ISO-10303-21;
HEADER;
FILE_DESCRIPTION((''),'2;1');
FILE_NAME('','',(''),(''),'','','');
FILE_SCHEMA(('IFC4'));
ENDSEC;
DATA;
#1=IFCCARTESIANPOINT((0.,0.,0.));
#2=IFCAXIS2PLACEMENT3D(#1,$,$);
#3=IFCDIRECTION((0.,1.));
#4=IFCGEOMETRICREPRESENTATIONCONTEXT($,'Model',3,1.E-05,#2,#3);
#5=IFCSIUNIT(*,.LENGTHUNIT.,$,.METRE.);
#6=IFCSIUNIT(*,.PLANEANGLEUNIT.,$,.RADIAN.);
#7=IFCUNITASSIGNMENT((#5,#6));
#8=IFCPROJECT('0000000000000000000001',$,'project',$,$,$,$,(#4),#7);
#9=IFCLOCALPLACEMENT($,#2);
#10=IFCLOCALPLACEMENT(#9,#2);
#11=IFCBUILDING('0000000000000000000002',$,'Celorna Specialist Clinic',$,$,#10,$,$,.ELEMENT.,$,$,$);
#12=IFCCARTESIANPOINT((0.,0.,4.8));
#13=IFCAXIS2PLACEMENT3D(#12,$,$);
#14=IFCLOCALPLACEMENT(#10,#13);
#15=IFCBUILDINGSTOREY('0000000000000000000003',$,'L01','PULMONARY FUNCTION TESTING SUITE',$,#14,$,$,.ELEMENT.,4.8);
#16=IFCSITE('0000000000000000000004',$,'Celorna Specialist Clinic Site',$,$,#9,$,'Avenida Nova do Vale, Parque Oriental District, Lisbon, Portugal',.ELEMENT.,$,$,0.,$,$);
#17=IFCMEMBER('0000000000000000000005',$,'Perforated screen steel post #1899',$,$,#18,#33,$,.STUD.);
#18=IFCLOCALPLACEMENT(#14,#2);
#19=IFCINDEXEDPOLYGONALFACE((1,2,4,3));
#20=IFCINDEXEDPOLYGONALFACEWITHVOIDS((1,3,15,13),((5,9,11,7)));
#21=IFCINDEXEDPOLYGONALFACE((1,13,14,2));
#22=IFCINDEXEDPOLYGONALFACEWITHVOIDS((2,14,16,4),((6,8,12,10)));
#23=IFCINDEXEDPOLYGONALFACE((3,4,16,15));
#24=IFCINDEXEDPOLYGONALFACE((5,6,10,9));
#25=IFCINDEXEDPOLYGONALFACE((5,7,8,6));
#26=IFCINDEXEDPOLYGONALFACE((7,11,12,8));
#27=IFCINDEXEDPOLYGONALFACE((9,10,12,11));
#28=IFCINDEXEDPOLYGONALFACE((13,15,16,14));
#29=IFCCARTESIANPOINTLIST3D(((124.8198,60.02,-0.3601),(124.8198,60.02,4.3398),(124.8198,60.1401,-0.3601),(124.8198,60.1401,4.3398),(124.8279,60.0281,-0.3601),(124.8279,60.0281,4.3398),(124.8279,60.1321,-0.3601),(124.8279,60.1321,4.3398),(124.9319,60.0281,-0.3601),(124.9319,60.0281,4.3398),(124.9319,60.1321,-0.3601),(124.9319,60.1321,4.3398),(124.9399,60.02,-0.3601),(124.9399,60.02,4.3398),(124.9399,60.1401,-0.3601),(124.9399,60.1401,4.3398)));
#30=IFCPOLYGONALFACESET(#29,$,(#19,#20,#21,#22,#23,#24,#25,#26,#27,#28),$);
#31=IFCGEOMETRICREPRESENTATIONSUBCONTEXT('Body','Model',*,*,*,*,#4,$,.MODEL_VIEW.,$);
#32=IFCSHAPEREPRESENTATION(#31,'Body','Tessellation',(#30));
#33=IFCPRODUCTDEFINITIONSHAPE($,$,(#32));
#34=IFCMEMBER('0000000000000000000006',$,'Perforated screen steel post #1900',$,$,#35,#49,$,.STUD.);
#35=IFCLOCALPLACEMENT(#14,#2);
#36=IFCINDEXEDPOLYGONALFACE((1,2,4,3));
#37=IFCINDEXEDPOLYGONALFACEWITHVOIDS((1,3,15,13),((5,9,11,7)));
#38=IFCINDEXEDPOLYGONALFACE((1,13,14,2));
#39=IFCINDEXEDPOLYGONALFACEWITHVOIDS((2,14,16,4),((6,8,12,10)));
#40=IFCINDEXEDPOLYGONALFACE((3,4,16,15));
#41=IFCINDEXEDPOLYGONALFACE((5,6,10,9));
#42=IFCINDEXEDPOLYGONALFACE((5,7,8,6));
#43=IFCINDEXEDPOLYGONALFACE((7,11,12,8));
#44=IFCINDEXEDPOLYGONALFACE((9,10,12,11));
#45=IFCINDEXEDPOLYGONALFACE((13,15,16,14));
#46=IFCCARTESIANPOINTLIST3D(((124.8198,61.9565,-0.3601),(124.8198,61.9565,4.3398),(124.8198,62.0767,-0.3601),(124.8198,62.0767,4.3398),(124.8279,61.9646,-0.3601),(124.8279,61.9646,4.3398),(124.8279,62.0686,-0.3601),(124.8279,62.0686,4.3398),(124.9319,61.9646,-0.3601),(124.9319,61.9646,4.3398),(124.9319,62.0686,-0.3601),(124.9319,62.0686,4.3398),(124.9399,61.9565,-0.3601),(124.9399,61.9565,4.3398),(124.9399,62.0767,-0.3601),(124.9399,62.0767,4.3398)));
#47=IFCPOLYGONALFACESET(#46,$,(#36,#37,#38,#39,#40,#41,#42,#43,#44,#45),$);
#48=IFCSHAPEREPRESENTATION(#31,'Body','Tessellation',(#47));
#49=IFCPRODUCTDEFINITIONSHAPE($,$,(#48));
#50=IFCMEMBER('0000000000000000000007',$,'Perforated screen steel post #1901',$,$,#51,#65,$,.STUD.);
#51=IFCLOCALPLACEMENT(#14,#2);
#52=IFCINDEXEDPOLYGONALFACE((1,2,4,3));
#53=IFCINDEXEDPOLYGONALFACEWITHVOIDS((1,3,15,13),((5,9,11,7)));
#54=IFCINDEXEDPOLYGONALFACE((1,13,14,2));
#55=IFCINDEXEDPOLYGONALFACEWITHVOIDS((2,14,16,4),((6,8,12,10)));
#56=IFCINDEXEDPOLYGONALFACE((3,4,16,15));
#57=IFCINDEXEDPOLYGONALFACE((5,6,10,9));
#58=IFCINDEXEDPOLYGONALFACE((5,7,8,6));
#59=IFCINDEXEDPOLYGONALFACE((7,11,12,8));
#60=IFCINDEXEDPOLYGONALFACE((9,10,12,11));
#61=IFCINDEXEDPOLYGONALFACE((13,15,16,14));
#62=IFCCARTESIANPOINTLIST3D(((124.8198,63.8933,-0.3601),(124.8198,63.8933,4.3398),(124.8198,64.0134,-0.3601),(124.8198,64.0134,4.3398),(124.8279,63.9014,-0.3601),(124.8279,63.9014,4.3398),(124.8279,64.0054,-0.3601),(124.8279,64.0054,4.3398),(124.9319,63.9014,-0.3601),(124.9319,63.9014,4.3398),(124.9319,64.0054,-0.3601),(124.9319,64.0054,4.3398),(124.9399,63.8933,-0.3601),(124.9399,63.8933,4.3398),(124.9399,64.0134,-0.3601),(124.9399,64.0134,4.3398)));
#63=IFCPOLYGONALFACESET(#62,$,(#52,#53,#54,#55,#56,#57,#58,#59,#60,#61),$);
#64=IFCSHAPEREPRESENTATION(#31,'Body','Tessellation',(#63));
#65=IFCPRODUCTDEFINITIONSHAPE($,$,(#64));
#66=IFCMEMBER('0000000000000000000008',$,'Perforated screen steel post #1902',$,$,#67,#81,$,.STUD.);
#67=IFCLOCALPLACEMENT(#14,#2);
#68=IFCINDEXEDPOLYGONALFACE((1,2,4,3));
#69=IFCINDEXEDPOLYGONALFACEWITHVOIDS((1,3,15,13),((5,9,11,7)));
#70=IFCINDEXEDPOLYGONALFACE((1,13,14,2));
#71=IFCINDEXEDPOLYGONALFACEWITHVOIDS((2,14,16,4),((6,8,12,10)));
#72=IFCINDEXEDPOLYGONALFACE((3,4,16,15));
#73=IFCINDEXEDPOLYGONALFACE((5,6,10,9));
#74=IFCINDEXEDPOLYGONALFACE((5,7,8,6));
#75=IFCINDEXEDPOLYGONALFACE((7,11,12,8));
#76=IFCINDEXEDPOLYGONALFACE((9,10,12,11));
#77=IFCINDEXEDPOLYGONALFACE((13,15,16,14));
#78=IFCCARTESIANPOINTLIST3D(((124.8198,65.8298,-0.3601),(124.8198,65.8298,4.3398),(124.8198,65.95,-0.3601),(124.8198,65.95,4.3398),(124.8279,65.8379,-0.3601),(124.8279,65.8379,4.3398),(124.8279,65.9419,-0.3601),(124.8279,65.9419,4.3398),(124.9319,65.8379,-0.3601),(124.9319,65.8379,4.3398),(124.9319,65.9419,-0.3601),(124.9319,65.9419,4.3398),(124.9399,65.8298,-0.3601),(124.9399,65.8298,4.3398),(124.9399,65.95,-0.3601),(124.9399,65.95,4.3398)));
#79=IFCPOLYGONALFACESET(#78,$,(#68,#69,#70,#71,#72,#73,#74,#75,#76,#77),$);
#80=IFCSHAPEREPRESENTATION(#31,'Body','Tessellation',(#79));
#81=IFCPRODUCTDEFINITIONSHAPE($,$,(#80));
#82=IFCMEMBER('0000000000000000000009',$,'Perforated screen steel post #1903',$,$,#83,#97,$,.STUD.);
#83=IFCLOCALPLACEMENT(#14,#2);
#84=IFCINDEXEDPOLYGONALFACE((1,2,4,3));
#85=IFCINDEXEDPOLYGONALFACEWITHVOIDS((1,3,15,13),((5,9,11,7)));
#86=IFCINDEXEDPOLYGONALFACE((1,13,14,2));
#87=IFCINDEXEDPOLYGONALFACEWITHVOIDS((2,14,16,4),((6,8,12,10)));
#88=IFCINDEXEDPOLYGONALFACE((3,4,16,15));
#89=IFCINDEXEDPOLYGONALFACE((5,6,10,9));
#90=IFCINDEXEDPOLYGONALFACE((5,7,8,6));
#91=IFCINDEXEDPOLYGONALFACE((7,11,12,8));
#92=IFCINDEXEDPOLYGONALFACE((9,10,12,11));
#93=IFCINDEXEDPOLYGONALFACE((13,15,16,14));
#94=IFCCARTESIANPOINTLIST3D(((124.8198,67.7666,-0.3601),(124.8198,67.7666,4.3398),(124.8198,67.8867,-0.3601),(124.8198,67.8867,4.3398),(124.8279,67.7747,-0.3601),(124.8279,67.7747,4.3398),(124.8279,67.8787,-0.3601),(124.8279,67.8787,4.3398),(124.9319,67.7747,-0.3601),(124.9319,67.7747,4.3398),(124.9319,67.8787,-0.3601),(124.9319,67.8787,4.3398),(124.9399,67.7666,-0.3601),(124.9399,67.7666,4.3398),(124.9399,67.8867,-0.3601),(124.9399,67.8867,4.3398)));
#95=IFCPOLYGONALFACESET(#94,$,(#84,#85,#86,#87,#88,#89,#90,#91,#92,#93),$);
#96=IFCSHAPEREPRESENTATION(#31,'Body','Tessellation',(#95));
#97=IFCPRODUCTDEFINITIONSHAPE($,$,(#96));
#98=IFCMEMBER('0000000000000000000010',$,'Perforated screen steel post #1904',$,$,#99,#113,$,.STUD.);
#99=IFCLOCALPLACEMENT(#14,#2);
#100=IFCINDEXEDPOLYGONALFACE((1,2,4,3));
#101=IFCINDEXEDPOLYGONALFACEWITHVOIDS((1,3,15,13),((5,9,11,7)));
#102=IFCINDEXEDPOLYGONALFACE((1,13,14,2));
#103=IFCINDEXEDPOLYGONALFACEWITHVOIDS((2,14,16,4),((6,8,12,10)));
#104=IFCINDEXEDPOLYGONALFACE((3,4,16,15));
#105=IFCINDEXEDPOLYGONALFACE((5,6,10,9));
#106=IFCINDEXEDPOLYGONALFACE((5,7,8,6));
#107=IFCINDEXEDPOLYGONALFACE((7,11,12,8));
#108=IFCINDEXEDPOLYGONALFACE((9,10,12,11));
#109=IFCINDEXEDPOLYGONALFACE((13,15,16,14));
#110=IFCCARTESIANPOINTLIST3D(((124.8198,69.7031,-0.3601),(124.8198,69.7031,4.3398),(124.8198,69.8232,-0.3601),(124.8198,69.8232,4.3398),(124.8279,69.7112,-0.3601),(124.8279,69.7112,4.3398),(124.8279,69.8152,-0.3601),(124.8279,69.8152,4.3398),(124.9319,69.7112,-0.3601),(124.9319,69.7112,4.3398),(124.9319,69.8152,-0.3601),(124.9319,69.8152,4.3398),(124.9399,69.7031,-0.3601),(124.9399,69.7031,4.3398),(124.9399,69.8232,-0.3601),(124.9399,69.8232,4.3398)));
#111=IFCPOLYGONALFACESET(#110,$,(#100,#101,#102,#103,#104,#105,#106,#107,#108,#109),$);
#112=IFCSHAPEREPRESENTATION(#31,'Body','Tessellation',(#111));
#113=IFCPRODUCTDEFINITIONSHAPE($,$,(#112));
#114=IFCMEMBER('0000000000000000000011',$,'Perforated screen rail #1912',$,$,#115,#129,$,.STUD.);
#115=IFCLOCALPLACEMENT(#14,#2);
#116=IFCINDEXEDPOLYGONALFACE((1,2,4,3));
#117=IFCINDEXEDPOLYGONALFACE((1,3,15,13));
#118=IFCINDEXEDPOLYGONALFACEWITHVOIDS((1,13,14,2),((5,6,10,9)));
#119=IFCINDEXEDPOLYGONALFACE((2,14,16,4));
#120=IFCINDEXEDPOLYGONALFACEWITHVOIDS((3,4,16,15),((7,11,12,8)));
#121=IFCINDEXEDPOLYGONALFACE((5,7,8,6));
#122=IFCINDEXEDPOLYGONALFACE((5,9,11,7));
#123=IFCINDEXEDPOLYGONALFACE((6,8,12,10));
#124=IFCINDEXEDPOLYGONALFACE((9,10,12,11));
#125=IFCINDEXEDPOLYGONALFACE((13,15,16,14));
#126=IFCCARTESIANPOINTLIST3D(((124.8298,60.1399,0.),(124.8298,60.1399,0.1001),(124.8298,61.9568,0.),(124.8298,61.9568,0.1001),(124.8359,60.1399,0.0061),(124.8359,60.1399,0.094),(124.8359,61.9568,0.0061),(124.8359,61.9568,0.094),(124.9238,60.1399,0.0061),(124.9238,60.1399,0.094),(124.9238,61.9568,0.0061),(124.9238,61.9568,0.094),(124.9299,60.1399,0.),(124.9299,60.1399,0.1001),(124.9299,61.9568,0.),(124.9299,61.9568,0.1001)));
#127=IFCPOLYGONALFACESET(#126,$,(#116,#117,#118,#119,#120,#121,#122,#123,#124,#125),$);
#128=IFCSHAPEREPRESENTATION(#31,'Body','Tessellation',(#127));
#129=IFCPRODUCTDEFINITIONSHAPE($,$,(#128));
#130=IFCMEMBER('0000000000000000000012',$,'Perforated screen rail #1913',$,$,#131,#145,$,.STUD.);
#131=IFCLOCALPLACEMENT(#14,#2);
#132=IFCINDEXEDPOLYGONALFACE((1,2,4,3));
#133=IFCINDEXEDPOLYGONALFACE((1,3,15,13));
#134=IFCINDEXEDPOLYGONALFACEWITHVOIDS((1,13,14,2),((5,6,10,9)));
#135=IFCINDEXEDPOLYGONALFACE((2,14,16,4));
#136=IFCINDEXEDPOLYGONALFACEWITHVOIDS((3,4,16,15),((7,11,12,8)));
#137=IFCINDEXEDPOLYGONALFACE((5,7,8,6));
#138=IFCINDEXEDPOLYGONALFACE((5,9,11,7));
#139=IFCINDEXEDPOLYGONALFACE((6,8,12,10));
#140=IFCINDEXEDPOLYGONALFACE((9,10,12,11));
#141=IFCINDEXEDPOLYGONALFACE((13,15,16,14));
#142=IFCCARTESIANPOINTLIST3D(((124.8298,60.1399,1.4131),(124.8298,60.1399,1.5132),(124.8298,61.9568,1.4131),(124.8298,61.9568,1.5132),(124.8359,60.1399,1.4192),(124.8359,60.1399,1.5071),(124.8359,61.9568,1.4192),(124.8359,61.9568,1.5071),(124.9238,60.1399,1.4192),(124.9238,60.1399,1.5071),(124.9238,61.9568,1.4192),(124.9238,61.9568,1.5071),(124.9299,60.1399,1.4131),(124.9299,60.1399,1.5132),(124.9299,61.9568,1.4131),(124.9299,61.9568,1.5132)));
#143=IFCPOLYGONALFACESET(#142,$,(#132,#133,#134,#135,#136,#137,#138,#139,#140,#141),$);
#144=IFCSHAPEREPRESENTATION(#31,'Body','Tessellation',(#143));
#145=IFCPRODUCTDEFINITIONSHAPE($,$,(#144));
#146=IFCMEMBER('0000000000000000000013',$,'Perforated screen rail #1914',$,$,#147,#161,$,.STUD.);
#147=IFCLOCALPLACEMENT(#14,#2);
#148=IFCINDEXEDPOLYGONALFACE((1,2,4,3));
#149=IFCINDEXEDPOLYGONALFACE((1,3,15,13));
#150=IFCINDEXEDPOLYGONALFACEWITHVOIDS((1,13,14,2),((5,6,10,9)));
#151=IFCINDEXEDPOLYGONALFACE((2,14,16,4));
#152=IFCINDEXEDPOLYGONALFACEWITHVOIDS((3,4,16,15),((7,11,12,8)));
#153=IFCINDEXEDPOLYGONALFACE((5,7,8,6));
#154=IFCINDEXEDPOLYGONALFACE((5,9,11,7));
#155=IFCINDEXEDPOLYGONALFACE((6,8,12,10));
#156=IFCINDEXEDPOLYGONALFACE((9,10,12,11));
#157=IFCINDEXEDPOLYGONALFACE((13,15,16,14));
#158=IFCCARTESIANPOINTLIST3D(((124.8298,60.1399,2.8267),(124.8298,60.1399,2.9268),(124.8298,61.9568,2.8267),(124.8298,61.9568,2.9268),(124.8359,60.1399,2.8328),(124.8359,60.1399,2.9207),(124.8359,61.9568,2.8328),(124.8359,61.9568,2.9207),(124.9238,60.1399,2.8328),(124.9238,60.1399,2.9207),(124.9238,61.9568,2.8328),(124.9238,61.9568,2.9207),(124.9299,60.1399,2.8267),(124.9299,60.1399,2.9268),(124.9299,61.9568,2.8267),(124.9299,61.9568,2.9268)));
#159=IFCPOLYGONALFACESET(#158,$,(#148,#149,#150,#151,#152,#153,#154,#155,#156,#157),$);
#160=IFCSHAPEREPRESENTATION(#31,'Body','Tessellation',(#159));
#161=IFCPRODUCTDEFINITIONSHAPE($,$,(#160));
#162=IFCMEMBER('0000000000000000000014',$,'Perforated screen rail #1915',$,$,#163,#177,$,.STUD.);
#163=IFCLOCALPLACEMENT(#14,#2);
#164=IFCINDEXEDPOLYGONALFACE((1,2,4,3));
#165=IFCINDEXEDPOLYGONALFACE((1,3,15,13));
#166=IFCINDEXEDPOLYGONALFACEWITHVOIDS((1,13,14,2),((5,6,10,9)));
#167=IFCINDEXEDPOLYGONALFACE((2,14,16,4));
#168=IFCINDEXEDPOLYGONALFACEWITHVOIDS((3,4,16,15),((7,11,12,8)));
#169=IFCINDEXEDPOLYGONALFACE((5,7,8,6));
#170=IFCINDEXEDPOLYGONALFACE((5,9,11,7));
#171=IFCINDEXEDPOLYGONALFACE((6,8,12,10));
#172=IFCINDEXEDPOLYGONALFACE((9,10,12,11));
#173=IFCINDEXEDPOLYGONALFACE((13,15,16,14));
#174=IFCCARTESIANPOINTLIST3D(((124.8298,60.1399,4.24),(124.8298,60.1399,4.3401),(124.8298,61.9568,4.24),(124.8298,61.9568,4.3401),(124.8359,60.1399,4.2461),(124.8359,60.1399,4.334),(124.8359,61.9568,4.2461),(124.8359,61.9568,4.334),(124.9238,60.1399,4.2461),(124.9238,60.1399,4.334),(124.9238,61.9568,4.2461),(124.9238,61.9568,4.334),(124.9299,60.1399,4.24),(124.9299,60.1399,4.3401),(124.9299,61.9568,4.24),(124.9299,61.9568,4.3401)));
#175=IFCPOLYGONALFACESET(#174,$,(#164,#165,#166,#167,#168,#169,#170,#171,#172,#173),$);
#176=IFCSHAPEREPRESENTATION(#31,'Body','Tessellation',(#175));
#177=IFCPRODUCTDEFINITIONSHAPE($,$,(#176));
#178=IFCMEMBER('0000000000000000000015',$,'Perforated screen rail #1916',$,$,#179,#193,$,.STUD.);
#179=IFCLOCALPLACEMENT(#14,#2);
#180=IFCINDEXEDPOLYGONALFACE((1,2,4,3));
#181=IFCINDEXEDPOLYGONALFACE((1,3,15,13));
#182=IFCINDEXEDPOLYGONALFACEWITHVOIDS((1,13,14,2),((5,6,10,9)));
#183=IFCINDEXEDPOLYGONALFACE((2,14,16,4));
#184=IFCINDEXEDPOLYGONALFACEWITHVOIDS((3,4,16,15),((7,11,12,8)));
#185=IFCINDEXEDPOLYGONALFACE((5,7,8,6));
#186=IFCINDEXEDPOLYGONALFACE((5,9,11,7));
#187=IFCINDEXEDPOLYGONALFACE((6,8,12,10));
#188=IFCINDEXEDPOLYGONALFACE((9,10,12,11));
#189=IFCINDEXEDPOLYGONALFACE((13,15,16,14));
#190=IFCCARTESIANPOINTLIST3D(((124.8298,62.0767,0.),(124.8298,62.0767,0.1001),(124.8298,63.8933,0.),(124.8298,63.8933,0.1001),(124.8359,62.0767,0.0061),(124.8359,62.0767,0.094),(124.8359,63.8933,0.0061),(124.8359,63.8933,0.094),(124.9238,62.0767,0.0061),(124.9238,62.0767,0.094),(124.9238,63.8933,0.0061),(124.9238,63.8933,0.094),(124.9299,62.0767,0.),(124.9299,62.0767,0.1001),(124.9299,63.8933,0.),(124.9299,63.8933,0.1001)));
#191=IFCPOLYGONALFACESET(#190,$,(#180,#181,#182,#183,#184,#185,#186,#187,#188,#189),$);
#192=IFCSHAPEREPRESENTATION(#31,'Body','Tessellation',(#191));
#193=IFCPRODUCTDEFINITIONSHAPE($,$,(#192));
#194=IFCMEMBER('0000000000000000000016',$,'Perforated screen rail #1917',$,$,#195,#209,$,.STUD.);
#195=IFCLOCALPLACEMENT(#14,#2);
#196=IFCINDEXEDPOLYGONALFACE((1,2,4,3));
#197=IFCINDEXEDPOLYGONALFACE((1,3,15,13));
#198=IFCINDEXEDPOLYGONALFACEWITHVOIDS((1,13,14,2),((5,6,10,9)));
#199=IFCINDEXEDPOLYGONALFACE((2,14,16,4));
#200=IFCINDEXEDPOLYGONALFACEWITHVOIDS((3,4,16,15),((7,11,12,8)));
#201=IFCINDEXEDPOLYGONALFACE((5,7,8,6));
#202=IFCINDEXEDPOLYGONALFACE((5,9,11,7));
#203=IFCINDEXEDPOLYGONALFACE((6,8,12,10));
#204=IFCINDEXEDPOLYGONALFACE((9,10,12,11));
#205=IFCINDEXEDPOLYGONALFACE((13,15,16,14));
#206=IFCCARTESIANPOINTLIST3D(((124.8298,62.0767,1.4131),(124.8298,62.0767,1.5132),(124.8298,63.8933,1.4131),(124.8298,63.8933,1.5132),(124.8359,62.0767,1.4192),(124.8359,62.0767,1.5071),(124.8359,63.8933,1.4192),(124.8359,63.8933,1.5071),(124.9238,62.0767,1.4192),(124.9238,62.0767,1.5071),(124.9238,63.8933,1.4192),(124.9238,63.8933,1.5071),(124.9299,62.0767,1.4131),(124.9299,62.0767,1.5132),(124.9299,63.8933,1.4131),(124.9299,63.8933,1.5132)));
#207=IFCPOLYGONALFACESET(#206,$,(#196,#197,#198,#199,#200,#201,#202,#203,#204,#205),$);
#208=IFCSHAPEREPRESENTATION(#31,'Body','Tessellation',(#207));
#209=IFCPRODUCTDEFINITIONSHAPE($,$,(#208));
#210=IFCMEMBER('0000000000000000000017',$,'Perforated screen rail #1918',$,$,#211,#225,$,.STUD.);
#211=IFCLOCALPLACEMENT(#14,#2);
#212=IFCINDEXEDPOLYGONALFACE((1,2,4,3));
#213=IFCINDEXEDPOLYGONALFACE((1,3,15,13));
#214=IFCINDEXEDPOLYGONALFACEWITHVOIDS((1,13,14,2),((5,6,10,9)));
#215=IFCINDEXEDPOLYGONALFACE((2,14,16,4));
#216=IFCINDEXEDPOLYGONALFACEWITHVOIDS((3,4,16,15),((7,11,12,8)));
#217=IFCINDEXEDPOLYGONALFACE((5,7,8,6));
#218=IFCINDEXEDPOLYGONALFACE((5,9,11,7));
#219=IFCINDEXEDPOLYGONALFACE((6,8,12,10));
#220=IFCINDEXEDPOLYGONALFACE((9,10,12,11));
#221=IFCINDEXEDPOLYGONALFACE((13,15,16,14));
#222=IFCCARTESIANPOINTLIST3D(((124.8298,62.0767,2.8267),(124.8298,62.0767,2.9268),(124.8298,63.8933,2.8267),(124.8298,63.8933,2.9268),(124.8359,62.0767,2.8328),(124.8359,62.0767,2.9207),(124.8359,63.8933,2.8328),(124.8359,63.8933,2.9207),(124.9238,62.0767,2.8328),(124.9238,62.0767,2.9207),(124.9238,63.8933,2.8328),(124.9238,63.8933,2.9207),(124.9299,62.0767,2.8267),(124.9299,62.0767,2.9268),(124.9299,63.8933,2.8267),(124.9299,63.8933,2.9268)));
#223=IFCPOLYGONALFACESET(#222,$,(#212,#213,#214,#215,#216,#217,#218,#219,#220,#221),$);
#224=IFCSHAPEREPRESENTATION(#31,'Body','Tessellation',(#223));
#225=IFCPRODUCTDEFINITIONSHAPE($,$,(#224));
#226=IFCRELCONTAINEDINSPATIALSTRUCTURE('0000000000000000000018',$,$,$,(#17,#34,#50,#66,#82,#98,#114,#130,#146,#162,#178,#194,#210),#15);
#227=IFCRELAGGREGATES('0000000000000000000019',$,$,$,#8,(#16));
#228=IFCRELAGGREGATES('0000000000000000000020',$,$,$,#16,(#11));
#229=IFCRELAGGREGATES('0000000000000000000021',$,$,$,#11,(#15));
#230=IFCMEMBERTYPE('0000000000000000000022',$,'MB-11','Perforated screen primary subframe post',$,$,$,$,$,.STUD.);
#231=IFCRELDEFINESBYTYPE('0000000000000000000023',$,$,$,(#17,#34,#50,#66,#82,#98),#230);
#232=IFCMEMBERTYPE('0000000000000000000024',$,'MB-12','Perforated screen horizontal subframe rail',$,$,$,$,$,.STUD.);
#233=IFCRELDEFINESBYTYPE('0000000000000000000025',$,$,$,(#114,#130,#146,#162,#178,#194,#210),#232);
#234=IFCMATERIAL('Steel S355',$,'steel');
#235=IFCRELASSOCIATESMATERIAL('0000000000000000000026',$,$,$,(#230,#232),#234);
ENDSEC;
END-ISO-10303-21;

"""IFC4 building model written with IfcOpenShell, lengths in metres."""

from ifc_helpers import new_model, si_unit, direction, frame, origin, origin_2d, place, context, subcontext, project, spatial, hollow_rectangle, extrude, material, material_profile, profile_set, type_object, element, save


model = new_model("IFC4")

# Units and contexts
model_context = context("Model", 3, precision=1e-05, world=origin(), true_north=direction((0.0, 1.0)))
body_context = subcontext(model_context, "Body", "Model", "MODEL_VIEW")
ifc_project = project(units=[si_unit("LENGTHUNIT", "METRE"), si_unit("PLANEANGLEUNIT", "RADIAN")], contexts=[model_context])

# Site, building, storey
site_placement = place(None, origin())
site = spatial("IfcSite", under=ifc_project, at=site_placement, Name="Celorna Specialist Clinic Site", LongName="Avenida Nova do Vale, Parque Oriental District, Lisbon, Portugal", CompositionType="ELEMENT", RefElevation=0.0)
building_placement = place(site_placement, origin())
building = spatial("IfcBuilding", under=site, at=building_placement, Name="Celorna Specialist Clinic", CompositionType="ELEMENT")
storey_placement = place(building_placement, frame((0.0, 0.0, 4.8)))
storey = spatial("IfcBuildingStorey", under=building, at=storey_placement, Name="L01", Description="PULMONARY FUNCTION TESTING SUITE", CompositionType="ELEMENT", Elevation=4.8)

# Members
ifc_material_1 = material(Name="Steel S355", Category="steel")
ifc_material_profile_1 = material_profile(ifc_material_1, hollow_rectangle(XDim=0.1201, YDim=0.1201, WallThickness=0.0081, at=origin_2d()), Name="SHS 120x120x8")
ifc_profile_set_1 = profile_set([ifc_material_profile_1], Name="Steel S355")
member_type_1 = type_object("IfcMemberType", Name="MB-11", Description="Perforated screen primary subframe post", PredefinedType="STUD", material=ifc_profile_set_1)
for number, where, z_axis, x_axis, name in (
    (1, (124.8799, 60.0801, -0.3601), (0.0, 0.0, 1.0), (1.0, 0.0, 0.0), "Perforated screen steel post #1899"),
    (2, (124.8799, 62.0166, -0.3601), (0.0, 0.0, 1.0), (1.0, 0.0, 0.0), "Perforated screen steel post #1900"),
    (3, (124.8799, 63.9534, -0.3601), (0.0, 0.0, 1.0), (1.0, 0.0, 0.0), "Perforated screen steel post #1901"),
    (4, (124.8799, 65.8899, -0.3601), (0.0, 0.0, 1.0), (1.0, 0.0, 0.0), "Perforated screen steel post #1902"),
    (5, (124.8799, 67.8267, -0.3601), (0.0, 0.0, 1.0), (1.0, 0.0, 0.0), "Perforated screen steel post #1903"),
    (6, (124.8799, 69.7632, -0.3601), (0.0, 0.0, 1.0), (1.0, 0.0, 0.0), "Perforated screen steel post #1904"),
):
    element("IfcMember", number, at=place(storey_placement, frame(where, z_axis=z_axis, x_axis=x_axis)), inside=storey, type_object=member_type_1, Name=name, PredefinedType="STUD", context=body_context, shape_type="SweptSolid", body=[
        extrude(hollow_rectangle(XDim=0.1201, YDim=0.1201, WallThickness=0.0081, at=origin_2d()), origin(), (0.0, 0.0, 1.0), 4.7),
    ])
ifc_material_profile_2 = material_profile(ifc_material_1, hollow_rectangle(XDim=0.1001, YDim=0.1001, WallThickness=0.0061, at=origin_2d()), Name="SHS 100x100x6")
ifc_profile_set_2 = profile_set([ifc_material_profile_2], Name="Steel S355")
member_type_2 = type_object("IfcMemberType", Name="MB-12", Description="Perforated screen horizontal subframe rail", PredefinedType="STUD", material=ifc_profile_set_2)
for number, where, z_axis, x_axis, name in (
    (7, (124.8799, 60.1399, 0.05), (0.0, 1.0, 0.0), (-1.0, 0.0, 0.0), "Perforated screen rail #1912"),
    (8, (124.8799, 60.1399, 1.4631), (0.0, 1.0, 0.0), (-1.0, 0.0, 0.0), "Perforated screen rail #1913"),
    (9, (124.8799, 60.1399, 2.8767), (0.0, 1.0, 0.0), (-1.0, 0.0, 0.0), "Perforated screen rail #1914"),
    (10, (124.8799, 60.1399, 4.29), (0.0, 1.0, 0.0), (-1.0, 0.0, 0.0), "Perforated screen rail #1915"),
):
    element("IfcMember", number, at=place(storey_placement, frame(where, z_axis=z_axis, x_axis=x_axis)), inside=storey, type_object=member_type_2, Name=name, PredefinedType="STUD", context=body_context, shape_type="SweptSolid", body=[
        extrude(hollow_rectangle(XDim=0.1001, YDim=0.1001, WallThickness=0.0061, at=origin_2d()), origin(), (0.0, 0.0, 1.0), 1.8169),
    ])
for number, where, z_axis, x_axis, name in (
    (11, (124.8799, 62.0767, 0.05), (0.0, 1.0, 0.0), (-1.0, 0.0, 0.0), "Perforated screen rail #1916"),
    (12, (124.8799, 62.0767, 1.4631), (0.0, 1.0, 0.0), (-1.0, 0.0, 0.0), "Perforated screen rail #1917"),
    (13, (124.8799, 62.0767, 2.8767), (0.0, 1.0, 0.0), (-1.0, 0.0, 0.0), "Perforated screen rail #1918"),
):
    element("IfcMember", number, at=place(storey_placement, frame(where, z_axis=z_axis, x_axis=x_axis)), inside=storey, type_object=member_type_2, Name=name, PredefinedType="STUD", context=body_context, shape_type="SweptSolid", body=[
        extrude(hollow_rectangle(XDim=0.1001, YDim=0.1001, WallThickness=0.0061, at=origin_2d()), origin(), (0.0, 0.0, 1.0), 1.8167),
    ])

save(model, "model.ifc")
